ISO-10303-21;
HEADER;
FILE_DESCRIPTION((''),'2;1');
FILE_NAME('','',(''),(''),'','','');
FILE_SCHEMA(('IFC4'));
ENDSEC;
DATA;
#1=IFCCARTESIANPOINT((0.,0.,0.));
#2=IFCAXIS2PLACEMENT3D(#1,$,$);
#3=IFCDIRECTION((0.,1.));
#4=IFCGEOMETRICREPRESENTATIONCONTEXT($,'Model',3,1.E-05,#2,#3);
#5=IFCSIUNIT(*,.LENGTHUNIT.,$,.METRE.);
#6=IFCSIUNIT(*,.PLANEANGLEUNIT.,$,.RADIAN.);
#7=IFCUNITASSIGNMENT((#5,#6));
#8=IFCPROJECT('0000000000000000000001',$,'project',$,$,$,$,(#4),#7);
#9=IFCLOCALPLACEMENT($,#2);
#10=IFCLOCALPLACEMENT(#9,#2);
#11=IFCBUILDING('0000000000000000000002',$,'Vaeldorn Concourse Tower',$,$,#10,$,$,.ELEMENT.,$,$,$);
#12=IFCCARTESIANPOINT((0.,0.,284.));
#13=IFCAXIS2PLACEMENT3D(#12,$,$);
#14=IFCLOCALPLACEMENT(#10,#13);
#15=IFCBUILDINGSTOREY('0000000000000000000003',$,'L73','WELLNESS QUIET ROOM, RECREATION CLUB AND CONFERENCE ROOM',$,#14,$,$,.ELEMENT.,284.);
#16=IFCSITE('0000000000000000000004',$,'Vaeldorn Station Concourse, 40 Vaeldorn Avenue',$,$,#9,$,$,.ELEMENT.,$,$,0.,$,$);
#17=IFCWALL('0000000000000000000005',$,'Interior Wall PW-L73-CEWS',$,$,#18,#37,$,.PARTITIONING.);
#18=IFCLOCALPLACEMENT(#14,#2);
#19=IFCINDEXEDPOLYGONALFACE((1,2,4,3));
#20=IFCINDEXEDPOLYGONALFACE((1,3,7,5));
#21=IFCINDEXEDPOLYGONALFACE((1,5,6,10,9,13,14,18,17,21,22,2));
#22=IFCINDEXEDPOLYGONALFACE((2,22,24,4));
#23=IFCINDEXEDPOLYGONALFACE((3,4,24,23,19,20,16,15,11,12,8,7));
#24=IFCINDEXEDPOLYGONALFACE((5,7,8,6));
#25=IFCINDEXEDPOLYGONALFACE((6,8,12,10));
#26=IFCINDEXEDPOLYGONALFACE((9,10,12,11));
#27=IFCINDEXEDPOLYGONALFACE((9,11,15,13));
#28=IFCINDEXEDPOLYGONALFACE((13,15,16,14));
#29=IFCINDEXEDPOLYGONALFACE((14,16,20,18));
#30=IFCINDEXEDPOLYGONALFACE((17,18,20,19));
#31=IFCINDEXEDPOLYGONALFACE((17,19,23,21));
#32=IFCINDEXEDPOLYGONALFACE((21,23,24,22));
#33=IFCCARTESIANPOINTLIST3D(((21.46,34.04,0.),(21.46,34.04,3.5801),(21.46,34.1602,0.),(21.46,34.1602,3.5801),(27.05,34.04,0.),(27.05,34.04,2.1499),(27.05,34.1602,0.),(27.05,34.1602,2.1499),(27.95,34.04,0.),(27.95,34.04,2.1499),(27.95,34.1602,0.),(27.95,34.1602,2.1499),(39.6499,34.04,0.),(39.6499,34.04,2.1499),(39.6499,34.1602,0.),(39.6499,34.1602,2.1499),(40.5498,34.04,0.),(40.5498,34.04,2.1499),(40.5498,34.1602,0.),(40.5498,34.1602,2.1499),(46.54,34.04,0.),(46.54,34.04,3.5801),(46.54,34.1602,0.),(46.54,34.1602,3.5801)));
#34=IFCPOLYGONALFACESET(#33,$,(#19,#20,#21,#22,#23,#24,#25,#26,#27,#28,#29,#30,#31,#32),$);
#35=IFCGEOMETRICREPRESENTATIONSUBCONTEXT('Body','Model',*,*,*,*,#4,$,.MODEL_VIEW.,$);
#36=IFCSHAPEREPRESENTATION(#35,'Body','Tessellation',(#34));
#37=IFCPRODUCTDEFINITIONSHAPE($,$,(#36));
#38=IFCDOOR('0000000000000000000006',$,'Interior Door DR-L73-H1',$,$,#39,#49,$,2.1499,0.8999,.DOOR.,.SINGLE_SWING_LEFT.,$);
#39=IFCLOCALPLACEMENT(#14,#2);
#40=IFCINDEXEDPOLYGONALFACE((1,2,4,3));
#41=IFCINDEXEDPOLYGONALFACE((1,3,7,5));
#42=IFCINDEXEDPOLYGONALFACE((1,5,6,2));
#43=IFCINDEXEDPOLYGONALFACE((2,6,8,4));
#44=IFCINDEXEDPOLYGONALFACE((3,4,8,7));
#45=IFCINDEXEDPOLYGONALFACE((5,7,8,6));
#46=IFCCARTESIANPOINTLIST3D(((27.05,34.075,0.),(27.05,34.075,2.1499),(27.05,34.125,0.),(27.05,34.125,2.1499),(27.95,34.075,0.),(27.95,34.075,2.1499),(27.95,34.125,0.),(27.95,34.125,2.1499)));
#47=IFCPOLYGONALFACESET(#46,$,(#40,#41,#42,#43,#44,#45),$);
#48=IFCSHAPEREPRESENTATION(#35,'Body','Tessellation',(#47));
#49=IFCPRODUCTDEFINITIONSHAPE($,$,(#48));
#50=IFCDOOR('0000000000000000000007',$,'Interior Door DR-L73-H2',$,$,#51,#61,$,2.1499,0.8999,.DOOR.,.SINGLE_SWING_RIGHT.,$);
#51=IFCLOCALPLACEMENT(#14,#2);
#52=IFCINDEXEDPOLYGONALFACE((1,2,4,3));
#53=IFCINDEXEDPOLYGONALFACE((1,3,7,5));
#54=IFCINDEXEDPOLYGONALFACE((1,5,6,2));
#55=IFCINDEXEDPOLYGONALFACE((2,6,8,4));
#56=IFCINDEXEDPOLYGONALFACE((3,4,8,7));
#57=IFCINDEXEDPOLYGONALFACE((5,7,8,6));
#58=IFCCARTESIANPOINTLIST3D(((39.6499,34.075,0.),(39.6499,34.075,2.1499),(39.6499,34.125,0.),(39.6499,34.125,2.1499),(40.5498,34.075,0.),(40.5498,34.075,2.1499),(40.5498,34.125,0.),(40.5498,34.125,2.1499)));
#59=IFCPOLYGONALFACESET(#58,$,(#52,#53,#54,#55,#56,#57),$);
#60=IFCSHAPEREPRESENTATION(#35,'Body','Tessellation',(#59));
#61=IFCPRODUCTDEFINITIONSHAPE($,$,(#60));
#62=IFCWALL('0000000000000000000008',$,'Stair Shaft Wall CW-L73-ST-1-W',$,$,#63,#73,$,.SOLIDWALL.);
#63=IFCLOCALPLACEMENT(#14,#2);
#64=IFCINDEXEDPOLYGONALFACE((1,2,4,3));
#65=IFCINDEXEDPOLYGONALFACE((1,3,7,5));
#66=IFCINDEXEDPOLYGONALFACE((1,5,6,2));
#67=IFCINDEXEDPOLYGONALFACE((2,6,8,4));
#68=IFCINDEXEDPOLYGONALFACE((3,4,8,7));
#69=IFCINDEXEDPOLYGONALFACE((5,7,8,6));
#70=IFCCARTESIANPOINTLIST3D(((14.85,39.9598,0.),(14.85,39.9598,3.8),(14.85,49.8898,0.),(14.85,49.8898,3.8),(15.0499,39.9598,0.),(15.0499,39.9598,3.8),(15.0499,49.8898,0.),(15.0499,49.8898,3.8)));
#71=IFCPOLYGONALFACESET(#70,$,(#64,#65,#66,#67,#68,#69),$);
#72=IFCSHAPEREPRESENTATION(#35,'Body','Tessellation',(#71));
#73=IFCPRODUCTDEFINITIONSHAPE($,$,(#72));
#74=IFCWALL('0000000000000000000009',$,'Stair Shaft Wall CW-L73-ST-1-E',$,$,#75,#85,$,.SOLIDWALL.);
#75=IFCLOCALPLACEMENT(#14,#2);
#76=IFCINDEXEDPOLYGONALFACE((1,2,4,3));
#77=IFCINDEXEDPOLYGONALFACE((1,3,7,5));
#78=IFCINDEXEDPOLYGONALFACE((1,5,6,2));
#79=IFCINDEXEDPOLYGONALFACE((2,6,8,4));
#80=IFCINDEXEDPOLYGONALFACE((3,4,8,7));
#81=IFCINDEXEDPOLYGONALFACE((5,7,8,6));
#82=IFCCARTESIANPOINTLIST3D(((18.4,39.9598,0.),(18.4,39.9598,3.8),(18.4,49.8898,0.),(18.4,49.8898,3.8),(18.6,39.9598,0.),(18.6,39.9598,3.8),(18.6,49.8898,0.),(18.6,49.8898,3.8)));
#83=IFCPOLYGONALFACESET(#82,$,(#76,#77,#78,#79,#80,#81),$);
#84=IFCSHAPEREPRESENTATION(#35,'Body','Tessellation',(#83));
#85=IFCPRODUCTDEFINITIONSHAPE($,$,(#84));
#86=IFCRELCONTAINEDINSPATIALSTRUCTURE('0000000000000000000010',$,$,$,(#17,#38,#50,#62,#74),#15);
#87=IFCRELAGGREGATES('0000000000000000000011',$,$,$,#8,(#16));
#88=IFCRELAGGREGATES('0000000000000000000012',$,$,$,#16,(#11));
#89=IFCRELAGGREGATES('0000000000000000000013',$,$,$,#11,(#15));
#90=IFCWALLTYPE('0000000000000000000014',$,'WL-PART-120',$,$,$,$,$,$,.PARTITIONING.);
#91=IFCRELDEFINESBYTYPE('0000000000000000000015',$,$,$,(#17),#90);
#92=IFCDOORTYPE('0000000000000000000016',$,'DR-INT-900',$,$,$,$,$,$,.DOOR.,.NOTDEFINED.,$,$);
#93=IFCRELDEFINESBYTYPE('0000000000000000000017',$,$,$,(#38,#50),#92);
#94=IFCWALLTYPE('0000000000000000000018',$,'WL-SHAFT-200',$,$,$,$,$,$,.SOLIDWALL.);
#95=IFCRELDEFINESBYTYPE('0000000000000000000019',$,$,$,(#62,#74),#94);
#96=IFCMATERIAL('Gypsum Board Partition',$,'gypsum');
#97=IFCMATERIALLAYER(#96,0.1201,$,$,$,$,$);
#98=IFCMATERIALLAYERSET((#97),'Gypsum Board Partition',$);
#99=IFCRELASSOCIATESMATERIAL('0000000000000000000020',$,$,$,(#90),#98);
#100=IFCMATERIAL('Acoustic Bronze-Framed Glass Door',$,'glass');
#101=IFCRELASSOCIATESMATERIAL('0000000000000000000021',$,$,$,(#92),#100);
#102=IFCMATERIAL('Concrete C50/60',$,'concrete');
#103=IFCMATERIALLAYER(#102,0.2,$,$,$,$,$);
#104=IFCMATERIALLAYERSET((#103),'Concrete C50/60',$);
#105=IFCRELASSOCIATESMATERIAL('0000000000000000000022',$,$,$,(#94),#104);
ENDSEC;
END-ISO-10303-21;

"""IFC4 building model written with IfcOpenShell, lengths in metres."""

from ifc_helpers import new_model, si_unit, direction, frame, frame_2d, origin, place, context, subcontext, project, spatial, rectangle, extrude, source, transform, mapped, material, layer, layer_set, type_object, element, fill, save


model = new_model("IFC4")

# Units and contexts
model_context = context("Model", 3, precision=1e-05, world=origin(), true_north=direction((0.0, 1.0)))
body_context = subcontext(model_context, "Body", "Model", "MODEL_VIEW")
ifc_project = project(units=[si_unit("LENGTHUNIT", "METRE"), si_unit("PLANEANGLEUNIT", "RADIAN")], contexts=[model_context])

# Site, building, storey
site_placement = place(None, origin())
site = spatial("IfcSite", under=ifc_project, at=site_placement, Name="Vaeldorn Station Concourse, 40 Vaeldorn Avenue", CompositionType="ELEMENT", RefElevation=0.0)
building_placement = place(site_placement, origin())
building = spatial("IfcBuilding", under=site, at=building_placement, Name="Vaeldorn Concourse Tower", CompositionType="ELEMENT")
storey_placement = place(building_placement, frame((0.0, 0.0, 284.0)))
storey = spatial("IfcBuildingStorey", under=building, at=storey_placement, Name="L73", Description="WELLNESS QUIET ROOM, RECREATION CLUB AND CONFERENCE ROOM", CompositionType="ELEMENT", Elevation=284.0)

# Shared definitions
ifc_material_1 = material(Name="Concrete C50/60", Category="concrete")

# Wall, openings, doors
ifc_material_2 = material(Name="Gypsum Board Partition", Category="gypsum")
ifc_layer_1 = layer(ifc_material_2, 0.1201)
ifc_layer_set_1 = layer_set([ifc_layer_1], Name="Gypsum Board Partition")
wall_type_1 = type_object("IfcWallType", Name="WL-PART-120", PredefinedType="PARTITIONING", material=ifc_layer_set_1)
wall_1_placement = place(storey_placement, frame((21.46, 34.1001, 0.0), z_axis=(0.0, 0.0, 1.0), x_axis=(1.0, 0.0, 0.0)))
wall_1 = element("IfcWall", 1, at=wall_1_placement, inside=storey, type_object=wall_type_1, Name="Interior Wall PW-L73-CEWS", PredefinedType="PARTITIONING", context=body_context, shape_type="SweptSolid", body=[
    extrude(rectangle(XDim=25.0801, YDim=0.1201, at=frame_2d((12.54, 0.0))), origin(), (0.0, 0.0, 1.0), 3.5801),
])
opening_1_placement = place(wall_1_placement, frame((5.5901, 0.0, 0.0)))
opening_1 = element("IfcOpeningElement", 2, at=opening_1_placement, cuts=wall_1, PredefinedType="OPENING", context=body_context, shape_type="SweptSolid", body=[
    extrude(rectangle(XDim=0.8999, YDim=2.1499, at=frame_2d((0.45, 1.075))), frame((0.0, 0.0701, 0.0), z_axis=(0.0, -1.0, 0.0), x_axis=(1.0, 0.0, 0.0)), (0.0, 0.0, 1.0), 0.1401),
])
opening_2_placement = place(wall_1_placement, frame((18.1899, 0.0, 0.0)))
opening_2 = element("IfcOpeningElement", 3, at=opening_2_placement, cuts=wall_1, PredefinedType="OPENING", context=body_context, shape_type="SweptSolid", body=[
    extrude(rectangle(XDim=0.8999, YDim=2.1499, at=frame_2d((0.45, 1.075))), frame((0.0, 0.0701, 0.0), z_axis=(0.0, -1.0, 0.0), x_axis=(1.0, 0.0, 0.0)), (0.0, 0.0, 1.0), 0.1401),
])
ifc_material_3 = material(Name="Acoustic Bronze-Framed Glass Door", Category="glass")
door_type_1 = type_object("IfcDoorType", Name="DR-INT-900", OperationType="NOTDEFINED", PredefinedType="DOOR", material=ifc_material_3)
shared_shape_1 = source(origin(), body_context, "Body", "SweptSolid", [
    extrude(rectangle(XDim=0.8999, YDim=2.1499, at=frame_2d((0.45, 1.075))), frame((0.0, 0.0249, 0.0), z_axis=(0.0, -1.0, 0.0), x_axis=(1.0, 0.0, 0.0)), (0.0, 0.0, 1.0), 0.05),
])
door_1_placement = place(opening_1_placement, origin())
door_1 = element("IfcDoor", 4, at=door_1_placement, inside=storey, type_object=door_type_1, Name="Interior Door DR-L73-H1", OperationType="SINGLE_SWING_LEFT", OverallHeight=2.1499, OverallWidth=0.8999, PredefinedType="DOOR", context=body_context, shape_type="MappedRepresentation", body=[
    mapped(shared_shape_1, transform((0.0, 0.0, 0.0), scale=1.0)),
])
fill(opening_1, door_1)
door_2_placement = place(opening_2_placement, origin())
door_2 = element("IfcDoor", 5, at=door_2_placement, inside=storey, type_object=door_type_1, Name="Interior Door DR-L73-H2", OperationType="SINGLE_SWING_RIGHT", OverallHeight=2.1499, OverallWidth=0.8999, PredefinedType="DOOR", context=body_context, shape_type="MappedRepresentation", body=[
    mapped(shared_shape_1, transform((0.0, 0.0, 0.0), scale=1.0)),
])
fill(opening_2, door_2)

# Shared definitions
ifc_layer_2 = layer(ifc_material_1, 0.2)
ifc_layer_set_2 = layer_set([ifc_layer_2], Name="Concrete C50/60")
wall_type_2 = type_object("IfcWallType", Name="WL-SHAFT-200", PredefinedType="SOLIDWALL", material=ifc_layer_set_2)

# Walls
for number, where, z_axis, x_axis, name in (
    (6, (14.95, 39.96, 0.0), (0.0, 0.0, 1.0), (0.0, 1.0, 0.0), "Stair Shaft Wall CW-L73-ST-1-W"),
    (7, (18.5, 39.96, 0.0), (0.0, 0.0, 1.0), (0.0, 1.0, 0.0), "Stair Shaft Wall CW-L73-ST-1-E"),
):
    element("IfcWall", number, at=place(storey_placement, frame(where, z_axis=z_axis, x_axis=x_axis)), inside=storey, type_object=wall_type_2, Name=name, PredefinedType="SOLIDWALL", context=body_context, shape_type="SweptSolid", body=[
        extrude(rectangle(XDim=9.9299, YDim=0.2, at=frame_2d((4.9648, 0.0))), origin(), (0.0, 0.0, 1.0), 3.8),
    ])

save(model, "model.ifc")
